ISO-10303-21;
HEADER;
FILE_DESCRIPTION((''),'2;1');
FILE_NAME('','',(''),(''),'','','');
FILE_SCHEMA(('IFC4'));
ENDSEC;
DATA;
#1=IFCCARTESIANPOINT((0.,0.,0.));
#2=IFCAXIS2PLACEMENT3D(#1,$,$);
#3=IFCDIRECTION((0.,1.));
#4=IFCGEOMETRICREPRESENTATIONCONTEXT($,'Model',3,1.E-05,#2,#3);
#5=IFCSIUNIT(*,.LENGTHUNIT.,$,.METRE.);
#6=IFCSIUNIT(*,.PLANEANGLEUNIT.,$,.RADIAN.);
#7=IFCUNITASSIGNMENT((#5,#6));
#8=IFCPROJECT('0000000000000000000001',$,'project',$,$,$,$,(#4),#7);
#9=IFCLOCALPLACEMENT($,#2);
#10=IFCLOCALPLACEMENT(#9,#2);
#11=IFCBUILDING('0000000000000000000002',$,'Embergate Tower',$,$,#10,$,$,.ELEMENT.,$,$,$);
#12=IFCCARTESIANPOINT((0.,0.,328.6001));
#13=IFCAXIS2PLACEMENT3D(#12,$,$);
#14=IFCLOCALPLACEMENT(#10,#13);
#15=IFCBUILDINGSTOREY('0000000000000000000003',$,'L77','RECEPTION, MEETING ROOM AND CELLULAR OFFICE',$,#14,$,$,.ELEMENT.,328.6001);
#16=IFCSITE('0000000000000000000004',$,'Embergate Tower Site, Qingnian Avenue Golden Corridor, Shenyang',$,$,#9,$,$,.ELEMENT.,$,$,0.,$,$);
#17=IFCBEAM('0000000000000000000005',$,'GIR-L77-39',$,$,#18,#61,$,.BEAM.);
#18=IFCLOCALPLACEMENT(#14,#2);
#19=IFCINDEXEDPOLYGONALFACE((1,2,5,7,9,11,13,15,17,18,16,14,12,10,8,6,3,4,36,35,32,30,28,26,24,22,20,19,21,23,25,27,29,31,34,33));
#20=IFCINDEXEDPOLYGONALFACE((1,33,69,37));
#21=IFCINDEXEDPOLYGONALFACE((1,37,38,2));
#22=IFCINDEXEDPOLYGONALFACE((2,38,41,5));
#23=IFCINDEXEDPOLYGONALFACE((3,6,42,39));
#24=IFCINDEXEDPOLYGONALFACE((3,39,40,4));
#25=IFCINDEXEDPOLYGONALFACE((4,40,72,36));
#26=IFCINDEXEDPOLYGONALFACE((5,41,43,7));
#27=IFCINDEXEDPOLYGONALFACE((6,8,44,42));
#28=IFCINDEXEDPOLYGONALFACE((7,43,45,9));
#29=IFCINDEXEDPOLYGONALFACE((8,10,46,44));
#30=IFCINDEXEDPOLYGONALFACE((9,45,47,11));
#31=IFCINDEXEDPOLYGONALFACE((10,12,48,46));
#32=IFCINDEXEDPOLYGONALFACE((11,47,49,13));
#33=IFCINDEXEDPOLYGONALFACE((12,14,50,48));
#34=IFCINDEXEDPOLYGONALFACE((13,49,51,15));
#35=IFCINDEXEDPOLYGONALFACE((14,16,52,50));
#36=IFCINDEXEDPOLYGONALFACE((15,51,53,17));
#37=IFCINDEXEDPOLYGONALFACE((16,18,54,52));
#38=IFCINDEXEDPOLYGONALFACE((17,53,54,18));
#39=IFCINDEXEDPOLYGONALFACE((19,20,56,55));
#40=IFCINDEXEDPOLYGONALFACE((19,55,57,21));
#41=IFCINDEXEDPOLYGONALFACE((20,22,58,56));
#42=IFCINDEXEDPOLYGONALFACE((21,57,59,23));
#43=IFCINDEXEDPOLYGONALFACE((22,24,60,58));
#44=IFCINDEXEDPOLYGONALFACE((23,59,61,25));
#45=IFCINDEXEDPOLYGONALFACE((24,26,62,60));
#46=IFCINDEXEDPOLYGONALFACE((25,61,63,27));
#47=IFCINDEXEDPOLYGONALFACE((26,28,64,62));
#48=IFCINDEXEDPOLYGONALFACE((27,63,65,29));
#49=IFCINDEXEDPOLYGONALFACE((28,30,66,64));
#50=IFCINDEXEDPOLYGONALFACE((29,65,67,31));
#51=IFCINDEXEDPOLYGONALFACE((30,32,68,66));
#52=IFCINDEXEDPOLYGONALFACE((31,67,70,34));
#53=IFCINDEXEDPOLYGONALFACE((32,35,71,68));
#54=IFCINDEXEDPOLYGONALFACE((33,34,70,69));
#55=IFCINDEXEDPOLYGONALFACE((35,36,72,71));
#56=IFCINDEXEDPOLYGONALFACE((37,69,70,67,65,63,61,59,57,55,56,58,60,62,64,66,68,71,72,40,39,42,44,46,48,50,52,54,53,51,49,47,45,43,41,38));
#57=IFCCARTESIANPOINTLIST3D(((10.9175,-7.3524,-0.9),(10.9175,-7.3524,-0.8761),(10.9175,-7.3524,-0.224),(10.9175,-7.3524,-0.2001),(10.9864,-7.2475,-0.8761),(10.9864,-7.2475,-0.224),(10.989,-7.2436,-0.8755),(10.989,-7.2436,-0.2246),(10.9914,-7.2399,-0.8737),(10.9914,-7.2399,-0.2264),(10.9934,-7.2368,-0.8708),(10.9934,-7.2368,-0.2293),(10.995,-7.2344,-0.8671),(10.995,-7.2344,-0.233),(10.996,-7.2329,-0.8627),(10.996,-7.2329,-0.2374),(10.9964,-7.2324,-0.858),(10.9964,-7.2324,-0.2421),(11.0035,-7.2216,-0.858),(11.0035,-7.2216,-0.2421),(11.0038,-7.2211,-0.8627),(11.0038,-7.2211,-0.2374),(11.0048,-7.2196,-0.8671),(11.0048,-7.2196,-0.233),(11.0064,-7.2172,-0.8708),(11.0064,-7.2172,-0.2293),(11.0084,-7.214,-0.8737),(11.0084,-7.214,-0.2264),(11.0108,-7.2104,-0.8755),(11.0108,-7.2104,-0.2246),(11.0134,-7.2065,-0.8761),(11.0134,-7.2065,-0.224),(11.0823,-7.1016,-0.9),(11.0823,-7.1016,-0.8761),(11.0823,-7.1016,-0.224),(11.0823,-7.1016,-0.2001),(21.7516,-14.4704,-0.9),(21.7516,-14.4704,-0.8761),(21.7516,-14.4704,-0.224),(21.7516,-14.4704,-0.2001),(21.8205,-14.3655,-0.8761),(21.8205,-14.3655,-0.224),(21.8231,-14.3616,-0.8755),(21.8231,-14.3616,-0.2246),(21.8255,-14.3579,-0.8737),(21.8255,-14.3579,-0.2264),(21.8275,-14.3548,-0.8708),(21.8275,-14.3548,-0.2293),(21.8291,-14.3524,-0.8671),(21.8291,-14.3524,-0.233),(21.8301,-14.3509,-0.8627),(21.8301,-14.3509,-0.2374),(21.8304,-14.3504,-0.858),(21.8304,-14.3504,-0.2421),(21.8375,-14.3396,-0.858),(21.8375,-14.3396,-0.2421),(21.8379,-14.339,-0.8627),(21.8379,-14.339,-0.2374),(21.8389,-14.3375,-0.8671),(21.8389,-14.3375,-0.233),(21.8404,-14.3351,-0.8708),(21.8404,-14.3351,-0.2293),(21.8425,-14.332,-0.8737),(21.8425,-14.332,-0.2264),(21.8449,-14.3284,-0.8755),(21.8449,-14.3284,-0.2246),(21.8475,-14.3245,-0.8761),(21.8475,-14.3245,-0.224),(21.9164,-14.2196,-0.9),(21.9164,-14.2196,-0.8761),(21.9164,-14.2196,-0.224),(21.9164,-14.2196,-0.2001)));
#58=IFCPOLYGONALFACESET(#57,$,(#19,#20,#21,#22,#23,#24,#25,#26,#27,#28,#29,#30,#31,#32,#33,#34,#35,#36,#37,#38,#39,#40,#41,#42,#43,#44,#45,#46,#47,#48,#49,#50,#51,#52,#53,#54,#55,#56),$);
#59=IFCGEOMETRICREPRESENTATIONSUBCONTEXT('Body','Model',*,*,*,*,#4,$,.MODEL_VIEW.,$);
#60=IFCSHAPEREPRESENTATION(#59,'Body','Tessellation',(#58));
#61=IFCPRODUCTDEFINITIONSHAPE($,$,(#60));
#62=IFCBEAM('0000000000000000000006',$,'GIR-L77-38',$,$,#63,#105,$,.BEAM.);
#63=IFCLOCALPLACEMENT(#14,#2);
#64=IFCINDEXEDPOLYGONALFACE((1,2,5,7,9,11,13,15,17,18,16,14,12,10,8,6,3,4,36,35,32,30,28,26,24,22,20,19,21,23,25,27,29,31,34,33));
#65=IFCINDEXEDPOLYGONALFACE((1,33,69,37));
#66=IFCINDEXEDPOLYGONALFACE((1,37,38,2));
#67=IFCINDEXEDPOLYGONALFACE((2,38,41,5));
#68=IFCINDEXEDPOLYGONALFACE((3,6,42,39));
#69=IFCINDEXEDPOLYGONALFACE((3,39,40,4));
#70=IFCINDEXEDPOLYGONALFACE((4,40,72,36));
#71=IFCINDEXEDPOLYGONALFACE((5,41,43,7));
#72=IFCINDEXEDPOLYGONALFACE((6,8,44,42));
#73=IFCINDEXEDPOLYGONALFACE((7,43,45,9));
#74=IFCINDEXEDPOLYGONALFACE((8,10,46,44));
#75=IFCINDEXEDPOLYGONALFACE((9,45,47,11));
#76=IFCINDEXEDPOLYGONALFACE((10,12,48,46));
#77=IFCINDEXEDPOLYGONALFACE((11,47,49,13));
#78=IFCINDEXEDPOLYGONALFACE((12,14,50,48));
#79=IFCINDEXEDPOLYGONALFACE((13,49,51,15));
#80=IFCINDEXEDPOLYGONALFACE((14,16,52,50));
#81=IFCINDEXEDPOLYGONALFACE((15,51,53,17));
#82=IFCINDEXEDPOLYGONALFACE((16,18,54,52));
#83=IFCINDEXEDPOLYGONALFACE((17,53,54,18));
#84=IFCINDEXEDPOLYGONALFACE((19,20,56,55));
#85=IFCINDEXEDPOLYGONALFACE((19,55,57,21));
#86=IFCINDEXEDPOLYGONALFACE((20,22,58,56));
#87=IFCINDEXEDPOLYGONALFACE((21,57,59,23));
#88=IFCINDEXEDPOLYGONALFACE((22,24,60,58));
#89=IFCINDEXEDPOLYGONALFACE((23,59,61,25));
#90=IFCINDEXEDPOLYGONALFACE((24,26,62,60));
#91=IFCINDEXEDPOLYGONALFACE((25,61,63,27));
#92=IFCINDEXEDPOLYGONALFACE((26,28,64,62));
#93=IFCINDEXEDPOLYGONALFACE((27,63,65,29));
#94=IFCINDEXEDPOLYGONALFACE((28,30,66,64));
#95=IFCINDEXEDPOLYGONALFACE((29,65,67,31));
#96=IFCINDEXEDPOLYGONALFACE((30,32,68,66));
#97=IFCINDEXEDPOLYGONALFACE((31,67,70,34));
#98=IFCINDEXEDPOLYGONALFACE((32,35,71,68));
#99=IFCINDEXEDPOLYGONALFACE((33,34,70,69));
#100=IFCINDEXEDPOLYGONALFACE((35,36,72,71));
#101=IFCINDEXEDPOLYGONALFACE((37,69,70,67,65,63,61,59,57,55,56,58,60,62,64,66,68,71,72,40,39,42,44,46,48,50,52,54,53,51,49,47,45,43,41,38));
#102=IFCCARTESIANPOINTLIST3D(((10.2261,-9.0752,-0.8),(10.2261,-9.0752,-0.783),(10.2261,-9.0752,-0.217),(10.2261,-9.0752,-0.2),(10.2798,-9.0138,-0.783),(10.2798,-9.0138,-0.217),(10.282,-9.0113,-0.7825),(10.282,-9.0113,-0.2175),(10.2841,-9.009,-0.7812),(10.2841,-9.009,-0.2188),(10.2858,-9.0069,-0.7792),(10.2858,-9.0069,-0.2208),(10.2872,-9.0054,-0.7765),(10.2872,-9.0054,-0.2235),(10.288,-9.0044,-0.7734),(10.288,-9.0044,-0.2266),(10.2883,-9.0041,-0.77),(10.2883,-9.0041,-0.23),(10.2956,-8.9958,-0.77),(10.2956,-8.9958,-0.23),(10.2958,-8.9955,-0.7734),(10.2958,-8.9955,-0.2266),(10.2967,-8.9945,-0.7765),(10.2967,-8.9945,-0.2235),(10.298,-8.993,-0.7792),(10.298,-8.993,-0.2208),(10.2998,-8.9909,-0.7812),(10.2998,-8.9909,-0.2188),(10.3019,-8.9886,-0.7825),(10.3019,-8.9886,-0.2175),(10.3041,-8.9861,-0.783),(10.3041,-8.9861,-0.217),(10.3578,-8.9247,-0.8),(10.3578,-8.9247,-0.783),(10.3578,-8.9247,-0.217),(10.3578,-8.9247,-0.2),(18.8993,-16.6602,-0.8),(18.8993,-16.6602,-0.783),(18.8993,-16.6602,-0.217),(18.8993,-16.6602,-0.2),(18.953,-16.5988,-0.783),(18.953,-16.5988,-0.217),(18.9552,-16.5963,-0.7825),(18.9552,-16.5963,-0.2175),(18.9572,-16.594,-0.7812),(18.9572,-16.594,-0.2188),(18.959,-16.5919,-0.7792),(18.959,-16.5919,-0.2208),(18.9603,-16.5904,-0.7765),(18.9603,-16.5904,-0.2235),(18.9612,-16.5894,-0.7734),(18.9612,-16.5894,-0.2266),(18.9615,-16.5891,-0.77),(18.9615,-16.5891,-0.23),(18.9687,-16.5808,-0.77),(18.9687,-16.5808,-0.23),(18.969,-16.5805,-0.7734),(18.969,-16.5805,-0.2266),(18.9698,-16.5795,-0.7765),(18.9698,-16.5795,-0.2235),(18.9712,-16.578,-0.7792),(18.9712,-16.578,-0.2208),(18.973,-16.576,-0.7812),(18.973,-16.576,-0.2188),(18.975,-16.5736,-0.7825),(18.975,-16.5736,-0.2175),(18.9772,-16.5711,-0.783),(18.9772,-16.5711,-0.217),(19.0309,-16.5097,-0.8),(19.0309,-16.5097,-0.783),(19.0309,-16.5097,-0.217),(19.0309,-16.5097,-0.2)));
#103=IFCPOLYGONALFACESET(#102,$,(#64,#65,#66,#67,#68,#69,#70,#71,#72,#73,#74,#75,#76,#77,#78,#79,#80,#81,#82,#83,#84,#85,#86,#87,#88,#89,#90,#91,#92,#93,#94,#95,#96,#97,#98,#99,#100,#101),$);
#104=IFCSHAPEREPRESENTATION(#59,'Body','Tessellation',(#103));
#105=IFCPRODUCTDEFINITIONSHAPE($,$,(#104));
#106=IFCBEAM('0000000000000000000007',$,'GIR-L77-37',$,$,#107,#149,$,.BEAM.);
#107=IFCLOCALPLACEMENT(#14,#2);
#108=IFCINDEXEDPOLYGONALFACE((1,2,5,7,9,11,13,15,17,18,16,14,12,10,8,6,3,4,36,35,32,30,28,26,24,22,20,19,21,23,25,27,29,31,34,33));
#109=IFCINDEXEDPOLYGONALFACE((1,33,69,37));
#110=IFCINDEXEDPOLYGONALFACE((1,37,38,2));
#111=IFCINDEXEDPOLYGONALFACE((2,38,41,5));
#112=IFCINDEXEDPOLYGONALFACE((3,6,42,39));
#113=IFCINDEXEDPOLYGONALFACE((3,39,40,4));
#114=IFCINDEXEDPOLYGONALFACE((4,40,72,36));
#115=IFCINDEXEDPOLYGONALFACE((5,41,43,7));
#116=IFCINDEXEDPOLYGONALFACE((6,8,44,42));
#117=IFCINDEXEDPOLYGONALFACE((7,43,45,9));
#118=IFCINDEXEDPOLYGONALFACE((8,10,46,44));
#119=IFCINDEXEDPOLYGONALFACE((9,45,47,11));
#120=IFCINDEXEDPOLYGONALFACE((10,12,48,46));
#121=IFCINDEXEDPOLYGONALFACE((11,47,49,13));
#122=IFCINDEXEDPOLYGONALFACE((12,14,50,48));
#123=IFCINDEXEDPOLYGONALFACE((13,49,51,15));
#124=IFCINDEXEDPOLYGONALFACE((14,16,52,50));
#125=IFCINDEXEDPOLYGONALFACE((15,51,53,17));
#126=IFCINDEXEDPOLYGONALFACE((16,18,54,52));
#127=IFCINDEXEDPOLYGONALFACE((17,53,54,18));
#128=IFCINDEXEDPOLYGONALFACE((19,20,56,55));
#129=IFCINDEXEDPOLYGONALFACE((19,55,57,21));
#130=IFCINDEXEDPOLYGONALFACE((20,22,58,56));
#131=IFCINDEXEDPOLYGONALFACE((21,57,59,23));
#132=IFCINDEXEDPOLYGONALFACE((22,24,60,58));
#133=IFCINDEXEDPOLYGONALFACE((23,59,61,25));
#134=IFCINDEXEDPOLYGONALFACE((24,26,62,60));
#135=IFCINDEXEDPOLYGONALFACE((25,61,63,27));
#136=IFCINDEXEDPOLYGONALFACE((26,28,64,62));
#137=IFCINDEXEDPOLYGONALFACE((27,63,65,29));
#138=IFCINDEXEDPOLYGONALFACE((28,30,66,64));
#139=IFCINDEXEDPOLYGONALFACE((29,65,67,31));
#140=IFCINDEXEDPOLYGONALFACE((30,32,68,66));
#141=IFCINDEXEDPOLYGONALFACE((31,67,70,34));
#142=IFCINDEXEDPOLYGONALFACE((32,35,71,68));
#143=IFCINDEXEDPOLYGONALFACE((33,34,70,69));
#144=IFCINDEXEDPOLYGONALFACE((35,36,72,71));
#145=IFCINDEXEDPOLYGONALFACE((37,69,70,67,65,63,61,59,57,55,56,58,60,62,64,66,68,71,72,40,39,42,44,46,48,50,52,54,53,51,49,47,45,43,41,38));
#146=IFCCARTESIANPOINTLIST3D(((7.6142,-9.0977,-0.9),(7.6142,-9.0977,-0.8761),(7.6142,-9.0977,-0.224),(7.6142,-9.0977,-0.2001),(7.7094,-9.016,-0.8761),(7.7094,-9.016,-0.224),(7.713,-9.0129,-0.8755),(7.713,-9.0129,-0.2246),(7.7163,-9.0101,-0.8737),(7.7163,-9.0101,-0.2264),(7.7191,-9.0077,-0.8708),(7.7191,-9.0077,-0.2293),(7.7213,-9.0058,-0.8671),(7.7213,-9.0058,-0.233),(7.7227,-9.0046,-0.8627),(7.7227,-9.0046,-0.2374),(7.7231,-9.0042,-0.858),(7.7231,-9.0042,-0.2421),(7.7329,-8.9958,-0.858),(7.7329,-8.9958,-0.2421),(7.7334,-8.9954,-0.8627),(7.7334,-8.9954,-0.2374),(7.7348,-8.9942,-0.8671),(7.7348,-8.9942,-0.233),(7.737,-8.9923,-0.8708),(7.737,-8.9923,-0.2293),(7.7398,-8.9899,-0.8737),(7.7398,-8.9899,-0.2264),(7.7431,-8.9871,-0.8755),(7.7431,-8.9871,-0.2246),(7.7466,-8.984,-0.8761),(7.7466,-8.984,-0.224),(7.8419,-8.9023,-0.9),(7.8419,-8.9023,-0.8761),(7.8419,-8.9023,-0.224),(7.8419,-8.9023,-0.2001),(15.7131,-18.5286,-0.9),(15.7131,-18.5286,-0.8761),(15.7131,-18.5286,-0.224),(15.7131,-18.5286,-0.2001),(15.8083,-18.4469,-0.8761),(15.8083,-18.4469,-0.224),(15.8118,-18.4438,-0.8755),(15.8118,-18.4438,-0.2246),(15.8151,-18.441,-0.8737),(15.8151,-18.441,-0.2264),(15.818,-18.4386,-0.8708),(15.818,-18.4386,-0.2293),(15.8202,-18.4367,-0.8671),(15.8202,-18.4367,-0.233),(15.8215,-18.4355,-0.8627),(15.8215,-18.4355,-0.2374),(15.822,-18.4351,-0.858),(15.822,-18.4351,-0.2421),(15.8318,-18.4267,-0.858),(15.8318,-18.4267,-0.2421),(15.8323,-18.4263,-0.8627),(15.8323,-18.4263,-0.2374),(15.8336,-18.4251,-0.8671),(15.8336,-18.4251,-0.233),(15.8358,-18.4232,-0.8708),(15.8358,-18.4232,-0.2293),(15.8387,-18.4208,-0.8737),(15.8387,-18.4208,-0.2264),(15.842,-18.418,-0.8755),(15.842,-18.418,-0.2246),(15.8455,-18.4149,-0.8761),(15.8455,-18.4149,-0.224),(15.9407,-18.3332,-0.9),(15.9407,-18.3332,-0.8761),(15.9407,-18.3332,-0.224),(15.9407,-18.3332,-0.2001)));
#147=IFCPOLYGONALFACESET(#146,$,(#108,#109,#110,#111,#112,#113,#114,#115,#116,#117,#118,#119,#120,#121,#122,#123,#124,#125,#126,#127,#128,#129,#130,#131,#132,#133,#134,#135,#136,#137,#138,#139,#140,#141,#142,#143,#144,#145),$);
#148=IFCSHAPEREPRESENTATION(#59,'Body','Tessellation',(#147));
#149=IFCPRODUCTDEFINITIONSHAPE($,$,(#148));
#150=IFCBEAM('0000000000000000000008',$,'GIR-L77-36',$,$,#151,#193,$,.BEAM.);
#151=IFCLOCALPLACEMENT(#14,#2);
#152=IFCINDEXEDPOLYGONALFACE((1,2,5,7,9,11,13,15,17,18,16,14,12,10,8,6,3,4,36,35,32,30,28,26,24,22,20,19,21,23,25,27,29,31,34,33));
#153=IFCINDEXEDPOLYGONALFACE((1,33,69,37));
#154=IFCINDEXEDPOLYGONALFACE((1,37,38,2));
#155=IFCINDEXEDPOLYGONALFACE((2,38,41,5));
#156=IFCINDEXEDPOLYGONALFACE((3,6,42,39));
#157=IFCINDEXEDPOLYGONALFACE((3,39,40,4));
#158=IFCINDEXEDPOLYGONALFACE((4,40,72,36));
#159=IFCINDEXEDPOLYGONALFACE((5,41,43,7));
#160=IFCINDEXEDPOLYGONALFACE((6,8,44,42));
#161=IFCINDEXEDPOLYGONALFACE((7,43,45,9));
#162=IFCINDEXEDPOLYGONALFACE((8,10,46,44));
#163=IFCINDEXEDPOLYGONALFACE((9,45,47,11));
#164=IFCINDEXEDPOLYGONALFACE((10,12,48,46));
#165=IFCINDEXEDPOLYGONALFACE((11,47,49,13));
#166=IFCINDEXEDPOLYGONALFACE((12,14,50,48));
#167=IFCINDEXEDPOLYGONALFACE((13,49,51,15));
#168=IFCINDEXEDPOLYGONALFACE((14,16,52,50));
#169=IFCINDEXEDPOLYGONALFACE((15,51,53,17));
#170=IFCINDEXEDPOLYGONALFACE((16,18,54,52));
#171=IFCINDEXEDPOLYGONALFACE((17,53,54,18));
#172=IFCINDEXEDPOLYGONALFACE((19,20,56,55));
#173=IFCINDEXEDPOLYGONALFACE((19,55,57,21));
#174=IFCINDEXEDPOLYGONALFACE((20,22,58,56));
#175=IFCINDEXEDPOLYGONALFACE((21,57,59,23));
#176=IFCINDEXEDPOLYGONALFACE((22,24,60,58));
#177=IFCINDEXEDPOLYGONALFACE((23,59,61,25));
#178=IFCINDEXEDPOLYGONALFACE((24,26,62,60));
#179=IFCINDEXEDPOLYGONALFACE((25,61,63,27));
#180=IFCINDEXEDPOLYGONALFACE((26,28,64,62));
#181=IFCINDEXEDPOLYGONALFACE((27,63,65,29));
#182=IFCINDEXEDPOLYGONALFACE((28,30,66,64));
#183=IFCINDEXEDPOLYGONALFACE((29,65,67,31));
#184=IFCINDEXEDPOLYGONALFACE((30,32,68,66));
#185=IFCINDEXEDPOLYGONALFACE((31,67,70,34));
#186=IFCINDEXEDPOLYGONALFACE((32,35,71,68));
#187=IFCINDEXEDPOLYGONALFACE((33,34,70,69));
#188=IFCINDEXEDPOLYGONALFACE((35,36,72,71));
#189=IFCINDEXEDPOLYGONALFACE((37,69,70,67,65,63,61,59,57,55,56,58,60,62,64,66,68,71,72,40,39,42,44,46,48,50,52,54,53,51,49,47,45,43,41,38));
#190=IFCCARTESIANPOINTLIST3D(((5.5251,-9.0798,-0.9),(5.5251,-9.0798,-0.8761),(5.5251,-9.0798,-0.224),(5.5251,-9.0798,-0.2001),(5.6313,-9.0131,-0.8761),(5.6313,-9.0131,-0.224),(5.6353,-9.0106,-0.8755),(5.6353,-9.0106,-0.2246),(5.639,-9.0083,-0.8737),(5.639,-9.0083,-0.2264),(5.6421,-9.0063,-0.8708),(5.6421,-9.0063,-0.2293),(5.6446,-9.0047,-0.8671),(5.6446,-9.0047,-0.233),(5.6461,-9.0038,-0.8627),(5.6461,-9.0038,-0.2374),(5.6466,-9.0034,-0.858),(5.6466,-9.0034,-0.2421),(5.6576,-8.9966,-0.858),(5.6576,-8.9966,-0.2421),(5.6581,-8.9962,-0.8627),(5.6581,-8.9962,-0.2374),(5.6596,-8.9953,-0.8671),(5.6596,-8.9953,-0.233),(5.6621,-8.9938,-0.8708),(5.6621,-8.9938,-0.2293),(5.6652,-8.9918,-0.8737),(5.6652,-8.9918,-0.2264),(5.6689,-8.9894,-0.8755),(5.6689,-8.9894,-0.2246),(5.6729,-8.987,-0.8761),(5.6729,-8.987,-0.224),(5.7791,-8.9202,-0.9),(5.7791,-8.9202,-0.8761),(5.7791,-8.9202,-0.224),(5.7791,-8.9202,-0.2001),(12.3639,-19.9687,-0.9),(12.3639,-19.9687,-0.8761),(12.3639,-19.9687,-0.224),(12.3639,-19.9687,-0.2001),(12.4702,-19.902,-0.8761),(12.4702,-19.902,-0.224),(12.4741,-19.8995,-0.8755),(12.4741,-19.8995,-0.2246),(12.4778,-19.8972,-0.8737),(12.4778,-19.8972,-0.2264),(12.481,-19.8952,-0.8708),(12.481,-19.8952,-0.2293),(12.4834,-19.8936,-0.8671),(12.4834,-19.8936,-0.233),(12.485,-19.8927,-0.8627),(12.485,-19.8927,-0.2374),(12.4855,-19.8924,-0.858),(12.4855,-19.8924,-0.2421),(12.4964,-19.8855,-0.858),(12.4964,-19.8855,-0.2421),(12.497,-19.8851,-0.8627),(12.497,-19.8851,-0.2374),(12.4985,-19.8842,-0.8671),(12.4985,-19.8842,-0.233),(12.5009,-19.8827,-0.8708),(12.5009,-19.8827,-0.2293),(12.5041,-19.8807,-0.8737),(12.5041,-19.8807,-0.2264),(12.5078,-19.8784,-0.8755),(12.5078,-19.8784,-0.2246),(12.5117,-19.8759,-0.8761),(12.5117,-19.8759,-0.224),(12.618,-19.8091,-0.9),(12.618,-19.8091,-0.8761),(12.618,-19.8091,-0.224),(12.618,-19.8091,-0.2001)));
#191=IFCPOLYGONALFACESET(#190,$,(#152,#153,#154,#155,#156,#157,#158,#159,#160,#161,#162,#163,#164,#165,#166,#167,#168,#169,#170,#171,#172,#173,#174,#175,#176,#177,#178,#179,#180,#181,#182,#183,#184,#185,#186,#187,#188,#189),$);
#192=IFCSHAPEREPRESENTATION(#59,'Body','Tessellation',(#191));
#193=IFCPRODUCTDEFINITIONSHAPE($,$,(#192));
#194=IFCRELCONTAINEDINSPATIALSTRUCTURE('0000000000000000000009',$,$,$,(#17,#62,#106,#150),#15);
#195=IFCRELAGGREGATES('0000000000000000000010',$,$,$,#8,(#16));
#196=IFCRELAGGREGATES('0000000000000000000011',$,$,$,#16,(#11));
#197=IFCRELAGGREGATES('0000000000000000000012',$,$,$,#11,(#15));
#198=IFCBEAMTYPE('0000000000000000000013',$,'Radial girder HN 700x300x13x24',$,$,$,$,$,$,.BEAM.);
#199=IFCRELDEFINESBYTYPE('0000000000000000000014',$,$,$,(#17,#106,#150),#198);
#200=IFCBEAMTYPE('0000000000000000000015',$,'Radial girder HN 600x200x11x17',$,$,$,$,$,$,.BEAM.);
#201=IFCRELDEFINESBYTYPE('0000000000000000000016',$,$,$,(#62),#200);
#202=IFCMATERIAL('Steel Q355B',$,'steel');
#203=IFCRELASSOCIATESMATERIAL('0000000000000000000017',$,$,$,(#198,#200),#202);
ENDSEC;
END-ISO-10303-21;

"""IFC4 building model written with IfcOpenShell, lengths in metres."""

from ifc_helpers import new_model, si_unit, direction, frame, origin, origin_2d, place, context, subcontext, project, spatial, i_section, extrude, source, transform, mapped, material, material_profile, profile_set, type_object, element, save


model = new_model("IFC4")

# Units and contexts
model_context = context("Model", 3, precision=1e-05, world=origin(), true_north=direction((0.0, 1.0)))
body_context = subcontext(model_context, "Body", "Model", "MODEL_VIEW")
ifc_project = project(units=[si_unit("LENGTHUNIT", "METRE"), si_unit("PLANEANGLEUNIT", "RADIAN")], contexts=[model_context])

# Site, building, storey
site_placement = place(None, origin())
site = spatial("IfcSite", under=ifc_project, at=site_placement, Name="Embergate Tower Site, Qingnian Avenue Golden Corridor, Shenyang", CompositionType="ELEMENT", RefElevation=0.0)
building_placement = place(site_placement, origin())
building = spatial("IfcBuilding", under=site, at=building_placement, Name="Embergate Tower", CompositionType="ELEMENT")
storey_placement = place(building_placement, frame((0.0, 0.0, 328.6001)))
storey = spatial("IfcBuildingStorey", under=building, at=storey_placement, Name="L77", Description="RECEPTION, MEETING ROOM AND CELLULAR OFFICE", CompositionType="ELEMENT", Elevation=328.6001)

# Beams
ifc_material_1 = material(Name="Steel Q355B", Category="steel")
ifc_material_profile_1 = material_profile(ifc_material_1, i_section(OverallWidth=0.3, OverallDepth=0.7, WebThickness=0.0129, FlangeThickness=0.0239, FilletRadius=0.0181, at=origin_2d()), Name="HN 700x300x13x24")
ifc_profile_set_1 = profile_set([ifc_material_profile_1], Name="Steel Q355 grade B")
beam_type_1 = type_object("IfcBeamType", Name="Radial girder HN 700x300x13x24", PredefinedType="BEAM", material=ifc_profile_set_1)
shared_shape_1 = source(origin(), body_context, "Body", "SweptSolid", [
    extrude(i_section(OverallWidth=0.3, OverallDepth=0.7, WebThickness=0.0129, FlangeThickness=0.0239, FilletRadius=0.0181, at=origin_2d()), origin(), (0.0, 0.0, 1.0), 12.9631),
])
beam_1_placement = place(storey_placement, frame((21.834, -14.345, -0.55), z_axis=(-0.835761, 0.549094, 0.0), x_axis=(-0.549094, -0.835761, 0.0)))
element("IfcBeam", 1, at=beam_1_placement, inside=storey, type_object=beam_type_1, Name="GIR-L77-39", PredefinedType="BEAM", context=body_context, shape_type="MappedRepresentation", body=[
    mapped(shared_shape_1, transform((0.0, 0.0, 0.0))),
])
ifc_material_profile_2 = material_profile(ifc_material_1, i_section(OverallWidth=0.2, OverallDepth=0.6001, WebThickness=0.011, FlangeThickness=0.0171, FilletRadius=0.0129, at=origin_2d()), Name="HN 600x200x11x17")
ifc_profile_set_2 = profile_set([ifc_material_profile_2], Name="Steel Q355 grade B")
beam_type_2 = type_object("IfcBeamType", Name="Radial girder HN 600x200x11x17", PredefinedType="BEAM", material=ifc_profile_set_2)
shared_shape_2 = source(origin(), body_context, "Body", "SweptSolid", [
    extrude(i_section(OverallWidth=0.2, OverallDepth=0.6001, WebThickness=0.011, FlangeThickness=0.0171, FilletRadius=0.0129, at=origin_2d()), origin(), (0.0, 0.0, 1.0), 11.522),
])
beam_2_placement = place(storey_placement, frame((18.9651, -16.585, -0.5), z_axis=(-0.752749, 0.658308, 0.0), x_axis=(-0.658308, -0.752749, 0.0)))
element("IfcBeam", 2, at=beam_2_placement, inside=storey, type_object=beam_type_2, Name="GIR-L77-38", PredefinedType="BEAM", context=body_context, shape_type="MappedRepresentation", body=[
    mapped(shared_shape_2, transform((0.0, 0.0, 0.0))),
])
shared_shape_3 = source(origin(), body_context, "Body", "SweptSolid", [
    extrude(i_section(OverallWidth=0.3, OverallDepth=0.7, WebThickness=0.0129, FlangeThickness=0.0239, FilletRadius=0.0181, at=origin_2d()), origin(), (0.0, 0.0, 1.0), 12.4312),
])
beam_3_placement = place(storey_placement, frame((15.8269, -18.4309, -0.55), z_axis=(-0.651498, 0.75865, 0.0), x_axis=(-0.75865, -0.651498, 0.0)))
element("IfcBeam", 3, at=beam_3_placement, inside=storey, type_object=beam_type_1, Name="GIR-L77-37", PredefinedType="BEAM", context=body_context, shape_type="MappedRepresentation", body=[
    mapped(shared_shape_3, transform((0.0, 0.0, 0.0))),
])
shared_shape_4 = source(origin(), body_context, "Body", "SweptSolid", [
    extrude(i_section(OverallWidth=0.3, OverallDepth=0.7, WebThickness=0.0129, FlangeThickness=0.0239, FilletRadius=0.0181, at=origin_2d()), origin(), (0.0, 0.0, 1.0), 12.8584),
])
beam_4_placement = place(storey_placement, frame((12.491, -19.8889, -0.55), z_axis=(-0.53186, 0.846833, 0.0), x_axis=(-0.846833, -0.53186, 0.0)))
element("IfcBeam", 4, at=beam_4_placement, inside=storey, type_object=beam_type_1, Name="GIR-L77-36", PredefinedType="BEAM", context=body_context, shape_type="MappedRepresentation", body=[
    mapped(shared_shape_4, transform((0.0, 0.0, 0.0))),
])

save(model, "model.ifc")
